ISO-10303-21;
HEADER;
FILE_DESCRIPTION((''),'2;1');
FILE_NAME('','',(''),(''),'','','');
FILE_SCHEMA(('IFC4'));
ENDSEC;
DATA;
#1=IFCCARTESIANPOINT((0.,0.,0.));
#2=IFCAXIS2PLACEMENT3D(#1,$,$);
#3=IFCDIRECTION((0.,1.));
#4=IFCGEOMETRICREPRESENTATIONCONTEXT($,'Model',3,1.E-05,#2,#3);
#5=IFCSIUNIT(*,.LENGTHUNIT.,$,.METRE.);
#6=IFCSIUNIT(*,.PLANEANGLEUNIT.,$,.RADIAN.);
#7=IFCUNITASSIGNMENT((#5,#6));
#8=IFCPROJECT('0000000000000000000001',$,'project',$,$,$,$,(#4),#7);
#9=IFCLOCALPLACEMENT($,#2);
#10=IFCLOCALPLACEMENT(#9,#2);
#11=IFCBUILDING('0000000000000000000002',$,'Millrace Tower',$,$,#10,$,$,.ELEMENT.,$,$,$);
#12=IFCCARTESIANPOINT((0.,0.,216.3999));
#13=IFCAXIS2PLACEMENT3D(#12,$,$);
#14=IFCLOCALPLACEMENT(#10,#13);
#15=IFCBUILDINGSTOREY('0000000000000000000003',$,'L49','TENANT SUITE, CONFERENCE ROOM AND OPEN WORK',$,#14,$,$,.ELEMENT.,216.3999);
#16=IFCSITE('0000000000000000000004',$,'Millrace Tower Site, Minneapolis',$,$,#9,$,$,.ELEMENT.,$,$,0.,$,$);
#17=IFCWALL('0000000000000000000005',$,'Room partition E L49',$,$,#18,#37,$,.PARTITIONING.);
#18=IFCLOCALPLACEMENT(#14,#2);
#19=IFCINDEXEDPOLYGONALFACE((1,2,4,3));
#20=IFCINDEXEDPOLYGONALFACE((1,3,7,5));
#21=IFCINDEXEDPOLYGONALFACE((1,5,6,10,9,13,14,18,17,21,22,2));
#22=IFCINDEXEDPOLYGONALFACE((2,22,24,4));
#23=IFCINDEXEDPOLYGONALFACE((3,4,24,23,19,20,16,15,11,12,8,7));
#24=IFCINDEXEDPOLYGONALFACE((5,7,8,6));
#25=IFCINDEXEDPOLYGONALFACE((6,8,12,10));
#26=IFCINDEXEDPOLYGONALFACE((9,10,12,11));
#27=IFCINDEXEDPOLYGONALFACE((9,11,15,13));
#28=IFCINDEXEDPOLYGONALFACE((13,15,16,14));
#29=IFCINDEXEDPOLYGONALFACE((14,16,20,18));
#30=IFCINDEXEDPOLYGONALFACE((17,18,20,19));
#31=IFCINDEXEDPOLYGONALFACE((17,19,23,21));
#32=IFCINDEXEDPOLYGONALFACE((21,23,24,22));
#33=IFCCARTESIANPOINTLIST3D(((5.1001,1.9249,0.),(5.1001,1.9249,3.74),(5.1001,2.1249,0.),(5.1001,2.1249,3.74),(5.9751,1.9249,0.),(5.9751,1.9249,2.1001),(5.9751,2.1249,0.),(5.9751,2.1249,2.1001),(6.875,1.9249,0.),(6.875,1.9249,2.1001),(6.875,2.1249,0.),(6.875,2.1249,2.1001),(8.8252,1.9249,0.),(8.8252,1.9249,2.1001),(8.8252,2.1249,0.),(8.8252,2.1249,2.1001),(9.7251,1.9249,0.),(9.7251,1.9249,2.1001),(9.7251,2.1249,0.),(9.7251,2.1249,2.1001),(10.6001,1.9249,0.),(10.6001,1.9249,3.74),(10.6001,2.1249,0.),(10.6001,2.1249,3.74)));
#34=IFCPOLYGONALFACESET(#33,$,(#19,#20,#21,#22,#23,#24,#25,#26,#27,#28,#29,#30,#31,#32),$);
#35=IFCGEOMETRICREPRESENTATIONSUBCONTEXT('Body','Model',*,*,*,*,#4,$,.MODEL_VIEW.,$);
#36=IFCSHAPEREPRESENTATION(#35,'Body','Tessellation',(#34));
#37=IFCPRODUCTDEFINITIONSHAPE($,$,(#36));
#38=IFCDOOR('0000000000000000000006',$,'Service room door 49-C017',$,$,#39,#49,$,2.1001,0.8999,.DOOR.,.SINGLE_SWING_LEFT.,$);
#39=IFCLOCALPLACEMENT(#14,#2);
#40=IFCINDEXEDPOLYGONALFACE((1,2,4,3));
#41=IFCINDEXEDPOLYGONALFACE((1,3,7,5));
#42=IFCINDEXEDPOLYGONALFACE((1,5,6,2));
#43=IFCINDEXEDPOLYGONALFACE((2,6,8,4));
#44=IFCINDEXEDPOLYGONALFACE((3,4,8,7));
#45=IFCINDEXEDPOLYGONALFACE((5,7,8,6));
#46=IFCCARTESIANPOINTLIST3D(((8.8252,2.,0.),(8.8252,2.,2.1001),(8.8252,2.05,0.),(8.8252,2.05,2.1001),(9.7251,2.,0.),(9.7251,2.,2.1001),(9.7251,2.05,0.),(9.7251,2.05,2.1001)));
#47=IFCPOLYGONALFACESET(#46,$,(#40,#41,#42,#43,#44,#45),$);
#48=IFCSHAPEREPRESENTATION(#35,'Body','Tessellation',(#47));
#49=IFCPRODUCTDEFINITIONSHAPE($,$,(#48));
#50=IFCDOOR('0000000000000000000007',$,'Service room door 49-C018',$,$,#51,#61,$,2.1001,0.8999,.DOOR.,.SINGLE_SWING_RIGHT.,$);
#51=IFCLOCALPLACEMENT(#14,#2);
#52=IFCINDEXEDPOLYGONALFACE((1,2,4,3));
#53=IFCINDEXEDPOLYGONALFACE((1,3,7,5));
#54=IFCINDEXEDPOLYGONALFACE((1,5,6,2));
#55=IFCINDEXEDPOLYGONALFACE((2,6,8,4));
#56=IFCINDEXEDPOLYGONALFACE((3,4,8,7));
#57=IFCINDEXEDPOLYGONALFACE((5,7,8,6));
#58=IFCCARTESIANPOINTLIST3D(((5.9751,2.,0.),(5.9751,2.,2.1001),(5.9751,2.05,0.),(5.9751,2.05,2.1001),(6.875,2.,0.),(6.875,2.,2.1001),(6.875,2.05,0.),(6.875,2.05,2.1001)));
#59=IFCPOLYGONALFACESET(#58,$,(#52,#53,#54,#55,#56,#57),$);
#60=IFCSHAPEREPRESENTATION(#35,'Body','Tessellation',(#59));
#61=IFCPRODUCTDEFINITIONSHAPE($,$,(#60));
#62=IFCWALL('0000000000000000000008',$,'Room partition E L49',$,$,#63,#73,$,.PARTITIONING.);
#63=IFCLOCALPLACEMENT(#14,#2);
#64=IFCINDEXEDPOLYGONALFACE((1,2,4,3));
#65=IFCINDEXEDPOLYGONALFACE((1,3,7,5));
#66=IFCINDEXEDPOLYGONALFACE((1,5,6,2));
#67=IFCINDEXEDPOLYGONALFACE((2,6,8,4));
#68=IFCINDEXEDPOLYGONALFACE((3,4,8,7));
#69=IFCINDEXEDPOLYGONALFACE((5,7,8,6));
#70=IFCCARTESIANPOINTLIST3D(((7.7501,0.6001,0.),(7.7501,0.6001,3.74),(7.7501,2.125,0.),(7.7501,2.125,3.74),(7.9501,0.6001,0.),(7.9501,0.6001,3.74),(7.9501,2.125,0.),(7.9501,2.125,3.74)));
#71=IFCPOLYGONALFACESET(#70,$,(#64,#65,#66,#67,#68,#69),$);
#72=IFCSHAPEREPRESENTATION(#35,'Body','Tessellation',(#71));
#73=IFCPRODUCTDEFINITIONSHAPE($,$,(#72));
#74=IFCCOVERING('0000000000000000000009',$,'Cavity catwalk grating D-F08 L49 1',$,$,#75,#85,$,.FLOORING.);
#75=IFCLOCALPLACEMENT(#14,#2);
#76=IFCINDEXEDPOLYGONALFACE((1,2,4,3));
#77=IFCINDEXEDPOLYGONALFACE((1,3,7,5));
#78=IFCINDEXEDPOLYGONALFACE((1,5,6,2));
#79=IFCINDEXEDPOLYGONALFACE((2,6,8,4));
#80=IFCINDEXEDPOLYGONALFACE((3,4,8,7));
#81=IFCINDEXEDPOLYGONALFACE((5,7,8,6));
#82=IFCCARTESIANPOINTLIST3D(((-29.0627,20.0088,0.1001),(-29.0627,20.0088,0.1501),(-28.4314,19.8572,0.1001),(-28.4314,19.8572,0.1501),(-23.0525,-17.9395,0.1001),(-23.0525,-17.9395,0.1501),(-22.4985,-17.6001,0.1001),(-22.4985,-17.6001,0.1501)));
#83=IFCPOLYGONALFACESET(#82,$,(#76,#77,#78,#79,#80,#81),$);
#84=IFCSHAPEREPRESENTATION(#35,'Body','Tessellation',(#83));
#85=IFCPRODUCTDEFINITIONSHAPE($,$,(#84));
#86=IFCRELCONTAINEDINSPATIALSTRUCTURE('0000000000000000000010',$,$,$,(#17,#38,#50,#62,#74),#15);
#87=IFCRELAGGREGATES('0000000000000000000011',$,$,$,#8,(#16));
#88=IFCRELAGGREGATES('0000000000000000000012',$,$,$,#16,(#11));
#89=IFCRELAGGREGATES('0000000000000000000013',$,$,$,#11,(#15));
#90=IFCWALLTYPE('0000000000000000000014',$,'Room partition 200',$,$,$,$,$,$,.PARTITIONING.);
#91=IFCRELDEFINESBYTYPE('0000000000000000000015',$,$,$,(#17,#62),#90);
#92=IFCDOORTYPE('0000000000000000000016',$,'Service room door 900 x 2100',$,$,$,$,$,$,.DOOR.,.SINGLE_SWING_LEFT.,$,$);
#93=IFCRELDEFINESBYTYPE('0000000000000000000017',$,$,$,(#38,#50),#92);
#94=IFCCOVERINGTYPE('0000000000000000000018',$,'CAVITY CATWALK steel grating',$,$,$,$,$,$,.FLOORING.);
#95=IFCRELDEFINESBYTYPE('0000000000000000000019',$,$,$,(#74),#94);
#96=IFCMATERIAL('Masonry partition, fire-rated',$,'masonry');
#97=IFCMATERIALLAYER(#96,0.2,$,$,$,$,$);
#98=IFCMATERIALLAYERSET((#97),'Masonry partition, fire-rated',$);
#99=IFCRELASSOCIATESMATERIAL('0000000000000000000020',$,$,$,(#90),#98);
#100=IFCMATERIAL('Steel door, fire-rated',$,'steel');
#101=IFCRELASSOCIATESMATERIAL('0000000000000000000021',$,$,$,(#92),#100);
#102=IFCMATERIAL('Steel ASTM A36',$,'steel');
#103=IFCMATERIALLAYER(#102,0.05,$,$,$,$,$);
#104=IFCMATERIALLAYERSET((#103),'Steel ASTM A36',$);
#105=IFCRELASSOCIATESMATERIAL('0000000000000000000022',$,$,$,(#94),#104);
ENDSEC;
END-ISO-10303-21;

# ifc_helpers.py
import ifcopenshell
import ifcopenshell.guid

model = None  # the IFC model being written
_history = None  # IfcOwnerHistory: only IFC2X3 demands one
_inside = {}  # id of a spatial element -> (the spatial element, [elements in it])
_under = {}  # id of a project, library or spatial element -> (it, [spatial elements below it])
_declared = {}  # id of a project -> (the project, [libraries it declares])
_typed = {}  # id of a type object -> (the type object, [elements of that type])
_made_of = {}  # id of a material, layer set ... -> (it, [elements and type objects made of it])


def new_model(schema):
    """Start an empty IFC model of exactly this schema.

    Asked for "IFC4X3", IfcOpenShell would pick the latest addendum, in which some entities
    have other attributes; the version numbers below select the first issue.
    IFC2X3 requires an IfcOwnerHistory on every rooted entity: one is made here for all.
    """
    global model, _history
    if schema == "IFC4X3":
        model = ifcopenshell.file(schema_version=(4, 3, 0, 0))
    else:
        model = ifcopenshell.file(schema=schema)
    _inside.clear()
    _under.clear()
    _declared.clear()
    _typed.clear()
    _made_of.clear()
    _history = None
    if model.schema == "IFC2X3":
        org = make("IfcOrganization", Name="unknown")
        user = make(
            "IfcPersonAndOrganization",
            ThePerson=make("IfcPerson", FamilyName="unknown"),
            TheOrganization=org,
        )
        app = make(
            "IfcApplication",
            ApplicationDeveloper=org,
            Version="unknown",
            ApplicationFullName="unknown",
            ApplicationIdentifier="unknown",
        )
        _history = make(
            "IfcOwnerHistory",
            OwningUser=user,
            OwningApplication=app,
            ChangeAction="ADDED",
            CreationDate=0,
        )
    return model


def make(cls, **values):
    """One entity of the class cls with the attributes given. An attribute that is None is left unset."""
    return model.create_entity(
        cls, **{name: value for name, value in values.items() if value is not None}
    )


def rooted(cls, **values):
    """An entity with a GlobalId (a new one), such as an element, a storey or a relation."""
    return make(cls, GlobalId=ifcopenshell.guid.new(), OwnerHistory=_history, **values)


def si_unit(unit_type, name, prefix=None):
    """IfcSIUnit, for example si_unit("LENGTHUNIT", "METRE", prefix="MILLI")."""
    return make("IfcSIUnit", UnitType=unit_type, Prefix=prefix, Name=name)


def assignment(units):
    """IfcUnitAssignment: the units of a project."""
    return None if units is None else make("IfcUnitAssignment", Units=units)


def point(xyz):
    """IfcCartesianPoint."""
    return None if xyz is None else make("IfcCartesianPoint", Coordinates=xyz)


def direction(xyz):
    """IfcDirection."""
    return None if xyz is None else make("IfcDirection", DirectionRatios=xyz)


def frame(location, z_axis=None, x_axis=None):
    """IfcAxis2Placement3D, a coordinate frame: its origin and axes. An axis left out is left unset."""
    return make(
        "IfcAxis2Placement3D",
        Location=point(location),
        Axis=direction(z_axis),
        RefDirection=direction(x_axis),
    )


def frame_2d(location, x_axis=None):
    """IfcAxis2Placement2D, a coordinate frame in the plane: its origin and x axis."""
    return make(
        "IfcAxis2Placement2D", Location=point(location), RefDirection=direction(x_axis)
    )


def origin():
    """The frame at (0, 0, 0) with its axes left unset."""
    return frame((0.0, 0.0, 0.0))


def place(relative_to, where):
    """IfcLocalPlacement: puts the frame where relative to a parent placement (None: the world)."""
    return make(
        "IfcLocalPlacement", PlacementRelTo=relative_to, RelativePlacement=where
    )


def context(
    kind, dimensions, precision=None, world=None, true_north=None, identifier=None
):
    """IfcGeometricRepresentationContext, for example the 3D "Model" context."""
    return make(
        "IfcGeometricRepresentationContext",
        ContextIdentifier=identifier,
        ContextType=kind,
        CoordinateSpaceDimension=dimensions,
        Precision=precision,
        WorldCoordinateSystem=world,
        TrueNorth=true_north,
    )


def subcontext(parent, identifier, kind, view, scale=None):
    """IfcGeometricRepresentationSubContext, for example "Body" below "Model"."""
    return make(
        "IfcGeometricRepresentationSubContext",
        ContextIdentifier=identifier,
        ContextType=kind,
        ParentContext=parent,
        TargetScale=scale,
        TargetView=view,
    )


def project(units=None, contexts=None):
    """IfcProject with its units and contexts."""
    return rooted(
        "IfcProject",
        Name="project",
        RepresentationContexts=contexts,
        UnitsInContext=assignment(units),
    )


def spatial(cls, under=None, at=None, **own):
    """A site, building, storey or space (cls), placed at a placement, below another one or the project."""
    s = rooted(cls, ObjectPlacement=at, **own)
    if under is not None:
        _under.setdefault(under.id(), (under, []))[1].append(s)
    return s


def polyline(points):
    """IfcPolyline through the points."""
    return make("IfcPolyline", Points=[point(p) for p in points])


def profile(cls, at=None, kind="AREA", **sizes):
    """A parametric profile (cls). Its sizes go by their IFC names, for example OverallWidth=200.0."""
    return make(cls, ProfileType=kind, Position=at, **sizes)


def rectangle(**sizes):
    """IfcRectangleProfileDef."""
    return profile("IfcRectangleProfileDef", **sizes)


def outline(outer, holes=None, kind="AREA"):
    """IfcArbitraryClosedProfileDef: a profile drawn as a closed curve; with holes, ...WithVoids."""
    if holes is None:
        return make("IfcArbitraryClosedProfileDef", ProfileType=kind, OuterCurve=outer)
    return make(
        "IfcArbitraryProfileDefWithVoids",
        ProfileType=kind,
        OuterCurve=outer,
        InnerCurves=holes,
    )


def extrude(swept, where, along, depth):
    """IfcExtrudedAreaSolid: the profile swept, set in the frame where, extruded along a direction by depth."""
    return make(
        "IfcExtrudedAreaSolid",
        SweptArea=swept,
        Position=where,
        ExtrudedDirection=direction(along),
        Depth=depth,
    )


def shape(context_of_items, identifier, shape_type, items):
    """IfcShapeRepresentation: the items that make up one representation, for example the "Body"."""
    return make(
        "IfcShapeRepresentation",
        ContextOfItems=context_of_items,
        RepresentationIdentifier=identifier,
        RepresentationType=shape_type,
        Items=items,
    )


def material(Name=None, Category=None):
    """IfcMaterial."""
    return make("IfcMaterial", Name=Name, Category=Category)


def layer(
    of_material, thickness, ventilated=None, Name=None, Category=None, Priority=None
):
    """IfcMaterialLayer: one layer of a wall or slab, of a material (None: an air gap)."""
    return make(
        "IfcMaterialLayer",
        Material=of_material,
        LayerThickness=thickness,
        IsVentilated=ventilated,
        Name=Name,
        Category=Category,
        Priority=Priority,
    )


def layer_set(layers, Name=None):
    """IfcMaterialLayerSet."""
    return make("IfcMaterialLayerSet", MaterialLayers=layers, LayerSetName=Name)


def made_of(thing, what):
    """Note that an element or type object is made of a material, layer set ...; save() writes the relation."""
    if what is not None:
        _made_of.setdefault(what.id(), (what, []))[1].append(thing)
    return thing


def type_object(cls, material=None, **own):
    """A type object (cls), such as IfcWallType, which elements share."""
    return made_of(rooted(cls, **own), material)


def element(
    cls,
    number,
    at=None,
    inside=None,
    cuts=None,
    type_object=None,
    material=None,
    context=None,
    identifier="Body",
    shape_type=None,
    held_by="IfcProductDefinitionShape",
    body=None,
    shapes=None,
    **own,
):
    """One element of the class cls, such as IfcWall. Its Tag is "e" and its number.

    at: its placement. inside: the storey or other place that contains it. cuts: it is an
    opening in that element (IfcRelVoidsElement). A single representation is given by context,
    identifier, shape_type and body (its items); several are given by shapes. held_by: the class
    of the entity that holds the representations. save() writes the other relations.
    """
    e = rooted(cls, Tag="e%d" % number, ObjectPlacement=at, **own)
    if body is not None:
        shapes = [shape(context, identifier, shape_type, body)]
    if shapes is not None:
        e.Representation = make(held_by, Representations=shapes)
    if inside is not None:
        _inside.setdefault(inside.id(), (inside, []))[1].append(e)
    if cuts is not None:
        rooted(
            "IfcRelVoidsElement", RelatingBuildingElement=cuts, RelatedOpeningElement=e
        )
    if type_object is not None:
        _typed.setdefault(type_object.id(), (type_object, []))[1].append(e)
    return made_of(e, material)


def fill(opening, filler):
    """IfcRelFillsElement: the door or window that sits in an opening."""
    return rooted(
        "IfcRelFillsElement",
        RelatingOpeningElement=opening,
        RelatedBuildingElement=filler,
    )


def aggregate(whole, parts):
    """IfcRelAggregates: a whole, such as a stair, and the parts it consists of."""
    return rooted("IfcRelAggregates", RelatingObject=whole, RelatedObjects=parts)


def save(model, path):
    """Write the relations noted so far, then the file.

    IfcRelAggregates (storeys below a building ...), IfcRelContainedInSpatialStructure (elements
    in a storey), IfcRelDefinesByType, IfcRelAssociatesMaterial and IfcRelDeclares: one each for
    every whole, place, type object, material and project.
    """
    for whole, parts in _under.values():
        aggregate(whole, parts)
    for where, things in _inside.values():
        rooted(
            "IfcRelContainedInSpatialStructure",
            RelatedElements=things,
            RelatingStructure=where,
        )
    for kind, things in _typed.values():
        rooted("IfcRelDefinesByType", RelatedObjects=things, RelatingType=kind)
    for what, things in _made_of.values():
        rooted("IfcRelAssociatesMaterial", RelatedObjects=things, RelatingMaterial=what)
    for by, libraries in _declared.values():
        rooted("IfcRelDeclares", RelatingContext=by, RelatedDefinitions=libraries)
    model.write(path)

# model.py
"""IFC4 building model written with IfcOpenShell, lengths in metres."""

from ifc_helpers import new_model, si_unit, direction, frame, frame_2d, origin, place, context, subcontext, project, spatial, polyline, rectangle, outline, extrude, material, layer, layer_set, type_object, element, fill, save


model = new_model("IFC4")

# Units and contexts
model_context = context("Model", 3, precision=1e-05, world=origin(), true_north=direction((0.0, 1.0)))
body_context = subcontext(model_context, "Body", "Model", "MODEL_VIEW")
ifc_project = project(units=[si_unit("LENGTHUNIT", "METRE"), si_unit("PLANEANGLEUNIT", "RADIAN")], contexts=[model_context])

# Site, building, storey
site_placement = place(None, origin())
site = spatial("IfcSite", under=ifc_project, at=site_placement, Name="Millrace Tower Site, Minneapolis", CompositionType="ELEMENT", RefElevation=0.0)
building_placement = place(site_placement, origin())
building = spatial("IfcBuilding", under=site, at=building_placement, Name="Millrace Tower", CompositionType="ELEMENT")
storey_placement = place(building_placement, frame((0.0, 0.0, 216.3999)))
storey = spatial("IfcBuildingStorey", under=building, at=storey_placement, Name="L49", Description="TENANT SUITE, CONFERENCE ROOM AND OPEN WORK", CompositionType="ELEMENT", Elevation=216.3999)

# Wall, openings, doors
ifc_material_1 = material(Name="Masonry partition, fire-rated", Category="masonry")
ifc_layer_1 = layer(ifc_material_1, 0.2)
ifc_layer_set_1 = layer_set([ifc_layer_1], Name="Masonry partition, fire-rated")
wall_type_1 = type_object("IfcWallType", Name="Room partition 200", PredefinedType="PARTITIONING", material=ifc_layer_set_1)
wall_1_placement = place(storey_placement, frame((10.6001, 2.0249, 0.0), z_axis=(0.0, 0.0, 1.0), x_axis=(-1.0, 0.0, 0.0)))
wall_1 = element("IfcWall", 1, at=wall_1_placement, inside=storey, type_object=wall_type_1, Name="Room partition E L49", PredefinedType="PARTITIONING", context=body_context, shape_type="SweptSolid", body=[
    extrude(rectangle(XDim=5.5, YDim=0.2, at=frame_2d((2.75, 0.0))), origin(), (0.0, 0.0, 1.0), 3.74),
])
opening_1_placement = place(wall_1_placement, frame((0.875, 0.0, 0.0)))
opening_1 = element("IfcOpeningElement", 2, at=opening_1_placement, cuts=wall_1, PredefinedType="OPENING", context=body_context, shape_type="SweptSolid", body=[
    extrude(rectangle(XDim=0.8999, YDim=2.1001, at=frame_2d((0.45, 1.05))), frame((0.0, 0.1099, 0.0), z_axis=(0.0, -1.0, 0.0), x_axis=(1.0, 0.0, 0.0)), (0.0, 0.0, 1.0), 0.22),
])
opening_2_placement = place(wall_1_placement, frame((3.7251, 0.0, 0.0)))
opening_2 = element("IfcOpeningElement", 3, at=opening_2_placement, cuts=wall_1, PredefinedType="OPENING", context=body_context, shape_type="SweptSolid", body=[
    extrude(rectangle(XDim=0.8999, YDim=2.1001, at=frame_2d((0.45, 1.05))), frame((0.0, 0.1099, 0.0), z_axis=(0.0, -1.0, 0.0), x_axis=(1.0, 0.0, 0.0)), (0.0, 0.0, 1.0), 0.22),
])
ifc_material_2 = material(Name="Steel door, fire-rated", Category="steel")
door_type_1 = type_object("IfcDoorType", Name="Service room door 900 x 2100", OperationType="SINGLE_SWING_LEFT", PredefinedType="DOOR", material=ifc_material_2)
door_1_placement = place(opening_1_placement, origin())
door_1 = element("IfcDoor", 4, at=door_1_placement, inside=storey, type_object=door_type_1, Name="Service room door 49-C017", OperationType="SINGLE_SWING_LEFT", OverallHeight=2.1001, OverallWidth=0.8999, PredefinedType="DOOR", context=body_context, shape_type="SweptSolid", body=[
    extrude(rectangle(XDim=0.8999, YDim=2.1001, at=frame_2d((0.45, 1.05))), frame((0.0, 0.0249, 0.0), z_axis=(0.0, -1.0, 0.0), x_axis=(1.0, 0.0, 0.0)), (0.0, 0.0, 1.0), 0.05),
])
fill(opening_1, door_1)
door_2_placement = place(opening_2_placement, origin())
door_2 = element("IfcDoor", 5, at=door_2_placement, inside=storey, type_object=door_type_1, Name="Service room door 49-C018", OperationType="SINGLE_SWING_RIGHT", OverallHeight=2.1001, OverallWidth=0.8999, PredefinedType="DOOR", context=body_context, shape_type="SweptSolid", body=[
    extrude(rectangle(XDim=0.8999, YDim=2.1001, at=frame_2d((0.45, 1.05))), frame((0.0, 0.0249, 0.0), z_axis=(0.0, -1.0, 0.0), x_axis=(1.0, 0.0, 0.0)), (0.0, 0.0, 1.0), 0.05),
])
fill(opening_2, door_2)

# Wall
wall_2_placement = place(storey_placement, frame((7.8501, 2.125, 0.0), z_axis=(0.0, 0.0, 1.0), x_axis=(0.0, -1.0, 0.0)))
element("IfcWall", 6, at=wall_2_placement, inside=storey, type_object=wall_type_1, Name="Room partition E L49", PredefinedType="PARTITIONING", context=body_context, shape_type="SweptSolid", body=[
    extrude(rectangle(XDim=1.5249, YDim=0.2, at=frame_2d((0.7625, 0.0))), origin(), (0.0, 0.0, 1.0), 3.74),
])

# Covering
ifc_material_3 = material(Name="Steel ASTM A36", Category="steel")
ifc_layer_2 = layer(ifc_material_3, 0.05)
ifc_layer_set_2 = layer_set([ifc_layer_2], Name="Steel ASTM A36")
covering_type = type_object("IfcCoveringType", Name="CAVITY CATWALK steel grating", PredefinedType="FLOORING", material=ifc_layer_set_2)
covering_placement = place(storey_placement, frame((0.0, 0.0, 0.1001)))
element("IfcCovering", 7, at=covering_placement, inside=storey, type_object=covering_type, Name="Cavity catwalk grating D-F08 L49 1", PredefinedType="FLOORING", context=body_context, shape_type="SweptSolid", body=[
    extrude(outline(polyline([(-29.0627, 20.0088), (-23.0525, -17.9395), (-22.4985, -17.6001), (-28.4314, 19.8572), (-29.0627, 20.0088)])), origin(), (0.0, 0.0, 1.0), 0.05),
])

save(model, "model.ifc")
